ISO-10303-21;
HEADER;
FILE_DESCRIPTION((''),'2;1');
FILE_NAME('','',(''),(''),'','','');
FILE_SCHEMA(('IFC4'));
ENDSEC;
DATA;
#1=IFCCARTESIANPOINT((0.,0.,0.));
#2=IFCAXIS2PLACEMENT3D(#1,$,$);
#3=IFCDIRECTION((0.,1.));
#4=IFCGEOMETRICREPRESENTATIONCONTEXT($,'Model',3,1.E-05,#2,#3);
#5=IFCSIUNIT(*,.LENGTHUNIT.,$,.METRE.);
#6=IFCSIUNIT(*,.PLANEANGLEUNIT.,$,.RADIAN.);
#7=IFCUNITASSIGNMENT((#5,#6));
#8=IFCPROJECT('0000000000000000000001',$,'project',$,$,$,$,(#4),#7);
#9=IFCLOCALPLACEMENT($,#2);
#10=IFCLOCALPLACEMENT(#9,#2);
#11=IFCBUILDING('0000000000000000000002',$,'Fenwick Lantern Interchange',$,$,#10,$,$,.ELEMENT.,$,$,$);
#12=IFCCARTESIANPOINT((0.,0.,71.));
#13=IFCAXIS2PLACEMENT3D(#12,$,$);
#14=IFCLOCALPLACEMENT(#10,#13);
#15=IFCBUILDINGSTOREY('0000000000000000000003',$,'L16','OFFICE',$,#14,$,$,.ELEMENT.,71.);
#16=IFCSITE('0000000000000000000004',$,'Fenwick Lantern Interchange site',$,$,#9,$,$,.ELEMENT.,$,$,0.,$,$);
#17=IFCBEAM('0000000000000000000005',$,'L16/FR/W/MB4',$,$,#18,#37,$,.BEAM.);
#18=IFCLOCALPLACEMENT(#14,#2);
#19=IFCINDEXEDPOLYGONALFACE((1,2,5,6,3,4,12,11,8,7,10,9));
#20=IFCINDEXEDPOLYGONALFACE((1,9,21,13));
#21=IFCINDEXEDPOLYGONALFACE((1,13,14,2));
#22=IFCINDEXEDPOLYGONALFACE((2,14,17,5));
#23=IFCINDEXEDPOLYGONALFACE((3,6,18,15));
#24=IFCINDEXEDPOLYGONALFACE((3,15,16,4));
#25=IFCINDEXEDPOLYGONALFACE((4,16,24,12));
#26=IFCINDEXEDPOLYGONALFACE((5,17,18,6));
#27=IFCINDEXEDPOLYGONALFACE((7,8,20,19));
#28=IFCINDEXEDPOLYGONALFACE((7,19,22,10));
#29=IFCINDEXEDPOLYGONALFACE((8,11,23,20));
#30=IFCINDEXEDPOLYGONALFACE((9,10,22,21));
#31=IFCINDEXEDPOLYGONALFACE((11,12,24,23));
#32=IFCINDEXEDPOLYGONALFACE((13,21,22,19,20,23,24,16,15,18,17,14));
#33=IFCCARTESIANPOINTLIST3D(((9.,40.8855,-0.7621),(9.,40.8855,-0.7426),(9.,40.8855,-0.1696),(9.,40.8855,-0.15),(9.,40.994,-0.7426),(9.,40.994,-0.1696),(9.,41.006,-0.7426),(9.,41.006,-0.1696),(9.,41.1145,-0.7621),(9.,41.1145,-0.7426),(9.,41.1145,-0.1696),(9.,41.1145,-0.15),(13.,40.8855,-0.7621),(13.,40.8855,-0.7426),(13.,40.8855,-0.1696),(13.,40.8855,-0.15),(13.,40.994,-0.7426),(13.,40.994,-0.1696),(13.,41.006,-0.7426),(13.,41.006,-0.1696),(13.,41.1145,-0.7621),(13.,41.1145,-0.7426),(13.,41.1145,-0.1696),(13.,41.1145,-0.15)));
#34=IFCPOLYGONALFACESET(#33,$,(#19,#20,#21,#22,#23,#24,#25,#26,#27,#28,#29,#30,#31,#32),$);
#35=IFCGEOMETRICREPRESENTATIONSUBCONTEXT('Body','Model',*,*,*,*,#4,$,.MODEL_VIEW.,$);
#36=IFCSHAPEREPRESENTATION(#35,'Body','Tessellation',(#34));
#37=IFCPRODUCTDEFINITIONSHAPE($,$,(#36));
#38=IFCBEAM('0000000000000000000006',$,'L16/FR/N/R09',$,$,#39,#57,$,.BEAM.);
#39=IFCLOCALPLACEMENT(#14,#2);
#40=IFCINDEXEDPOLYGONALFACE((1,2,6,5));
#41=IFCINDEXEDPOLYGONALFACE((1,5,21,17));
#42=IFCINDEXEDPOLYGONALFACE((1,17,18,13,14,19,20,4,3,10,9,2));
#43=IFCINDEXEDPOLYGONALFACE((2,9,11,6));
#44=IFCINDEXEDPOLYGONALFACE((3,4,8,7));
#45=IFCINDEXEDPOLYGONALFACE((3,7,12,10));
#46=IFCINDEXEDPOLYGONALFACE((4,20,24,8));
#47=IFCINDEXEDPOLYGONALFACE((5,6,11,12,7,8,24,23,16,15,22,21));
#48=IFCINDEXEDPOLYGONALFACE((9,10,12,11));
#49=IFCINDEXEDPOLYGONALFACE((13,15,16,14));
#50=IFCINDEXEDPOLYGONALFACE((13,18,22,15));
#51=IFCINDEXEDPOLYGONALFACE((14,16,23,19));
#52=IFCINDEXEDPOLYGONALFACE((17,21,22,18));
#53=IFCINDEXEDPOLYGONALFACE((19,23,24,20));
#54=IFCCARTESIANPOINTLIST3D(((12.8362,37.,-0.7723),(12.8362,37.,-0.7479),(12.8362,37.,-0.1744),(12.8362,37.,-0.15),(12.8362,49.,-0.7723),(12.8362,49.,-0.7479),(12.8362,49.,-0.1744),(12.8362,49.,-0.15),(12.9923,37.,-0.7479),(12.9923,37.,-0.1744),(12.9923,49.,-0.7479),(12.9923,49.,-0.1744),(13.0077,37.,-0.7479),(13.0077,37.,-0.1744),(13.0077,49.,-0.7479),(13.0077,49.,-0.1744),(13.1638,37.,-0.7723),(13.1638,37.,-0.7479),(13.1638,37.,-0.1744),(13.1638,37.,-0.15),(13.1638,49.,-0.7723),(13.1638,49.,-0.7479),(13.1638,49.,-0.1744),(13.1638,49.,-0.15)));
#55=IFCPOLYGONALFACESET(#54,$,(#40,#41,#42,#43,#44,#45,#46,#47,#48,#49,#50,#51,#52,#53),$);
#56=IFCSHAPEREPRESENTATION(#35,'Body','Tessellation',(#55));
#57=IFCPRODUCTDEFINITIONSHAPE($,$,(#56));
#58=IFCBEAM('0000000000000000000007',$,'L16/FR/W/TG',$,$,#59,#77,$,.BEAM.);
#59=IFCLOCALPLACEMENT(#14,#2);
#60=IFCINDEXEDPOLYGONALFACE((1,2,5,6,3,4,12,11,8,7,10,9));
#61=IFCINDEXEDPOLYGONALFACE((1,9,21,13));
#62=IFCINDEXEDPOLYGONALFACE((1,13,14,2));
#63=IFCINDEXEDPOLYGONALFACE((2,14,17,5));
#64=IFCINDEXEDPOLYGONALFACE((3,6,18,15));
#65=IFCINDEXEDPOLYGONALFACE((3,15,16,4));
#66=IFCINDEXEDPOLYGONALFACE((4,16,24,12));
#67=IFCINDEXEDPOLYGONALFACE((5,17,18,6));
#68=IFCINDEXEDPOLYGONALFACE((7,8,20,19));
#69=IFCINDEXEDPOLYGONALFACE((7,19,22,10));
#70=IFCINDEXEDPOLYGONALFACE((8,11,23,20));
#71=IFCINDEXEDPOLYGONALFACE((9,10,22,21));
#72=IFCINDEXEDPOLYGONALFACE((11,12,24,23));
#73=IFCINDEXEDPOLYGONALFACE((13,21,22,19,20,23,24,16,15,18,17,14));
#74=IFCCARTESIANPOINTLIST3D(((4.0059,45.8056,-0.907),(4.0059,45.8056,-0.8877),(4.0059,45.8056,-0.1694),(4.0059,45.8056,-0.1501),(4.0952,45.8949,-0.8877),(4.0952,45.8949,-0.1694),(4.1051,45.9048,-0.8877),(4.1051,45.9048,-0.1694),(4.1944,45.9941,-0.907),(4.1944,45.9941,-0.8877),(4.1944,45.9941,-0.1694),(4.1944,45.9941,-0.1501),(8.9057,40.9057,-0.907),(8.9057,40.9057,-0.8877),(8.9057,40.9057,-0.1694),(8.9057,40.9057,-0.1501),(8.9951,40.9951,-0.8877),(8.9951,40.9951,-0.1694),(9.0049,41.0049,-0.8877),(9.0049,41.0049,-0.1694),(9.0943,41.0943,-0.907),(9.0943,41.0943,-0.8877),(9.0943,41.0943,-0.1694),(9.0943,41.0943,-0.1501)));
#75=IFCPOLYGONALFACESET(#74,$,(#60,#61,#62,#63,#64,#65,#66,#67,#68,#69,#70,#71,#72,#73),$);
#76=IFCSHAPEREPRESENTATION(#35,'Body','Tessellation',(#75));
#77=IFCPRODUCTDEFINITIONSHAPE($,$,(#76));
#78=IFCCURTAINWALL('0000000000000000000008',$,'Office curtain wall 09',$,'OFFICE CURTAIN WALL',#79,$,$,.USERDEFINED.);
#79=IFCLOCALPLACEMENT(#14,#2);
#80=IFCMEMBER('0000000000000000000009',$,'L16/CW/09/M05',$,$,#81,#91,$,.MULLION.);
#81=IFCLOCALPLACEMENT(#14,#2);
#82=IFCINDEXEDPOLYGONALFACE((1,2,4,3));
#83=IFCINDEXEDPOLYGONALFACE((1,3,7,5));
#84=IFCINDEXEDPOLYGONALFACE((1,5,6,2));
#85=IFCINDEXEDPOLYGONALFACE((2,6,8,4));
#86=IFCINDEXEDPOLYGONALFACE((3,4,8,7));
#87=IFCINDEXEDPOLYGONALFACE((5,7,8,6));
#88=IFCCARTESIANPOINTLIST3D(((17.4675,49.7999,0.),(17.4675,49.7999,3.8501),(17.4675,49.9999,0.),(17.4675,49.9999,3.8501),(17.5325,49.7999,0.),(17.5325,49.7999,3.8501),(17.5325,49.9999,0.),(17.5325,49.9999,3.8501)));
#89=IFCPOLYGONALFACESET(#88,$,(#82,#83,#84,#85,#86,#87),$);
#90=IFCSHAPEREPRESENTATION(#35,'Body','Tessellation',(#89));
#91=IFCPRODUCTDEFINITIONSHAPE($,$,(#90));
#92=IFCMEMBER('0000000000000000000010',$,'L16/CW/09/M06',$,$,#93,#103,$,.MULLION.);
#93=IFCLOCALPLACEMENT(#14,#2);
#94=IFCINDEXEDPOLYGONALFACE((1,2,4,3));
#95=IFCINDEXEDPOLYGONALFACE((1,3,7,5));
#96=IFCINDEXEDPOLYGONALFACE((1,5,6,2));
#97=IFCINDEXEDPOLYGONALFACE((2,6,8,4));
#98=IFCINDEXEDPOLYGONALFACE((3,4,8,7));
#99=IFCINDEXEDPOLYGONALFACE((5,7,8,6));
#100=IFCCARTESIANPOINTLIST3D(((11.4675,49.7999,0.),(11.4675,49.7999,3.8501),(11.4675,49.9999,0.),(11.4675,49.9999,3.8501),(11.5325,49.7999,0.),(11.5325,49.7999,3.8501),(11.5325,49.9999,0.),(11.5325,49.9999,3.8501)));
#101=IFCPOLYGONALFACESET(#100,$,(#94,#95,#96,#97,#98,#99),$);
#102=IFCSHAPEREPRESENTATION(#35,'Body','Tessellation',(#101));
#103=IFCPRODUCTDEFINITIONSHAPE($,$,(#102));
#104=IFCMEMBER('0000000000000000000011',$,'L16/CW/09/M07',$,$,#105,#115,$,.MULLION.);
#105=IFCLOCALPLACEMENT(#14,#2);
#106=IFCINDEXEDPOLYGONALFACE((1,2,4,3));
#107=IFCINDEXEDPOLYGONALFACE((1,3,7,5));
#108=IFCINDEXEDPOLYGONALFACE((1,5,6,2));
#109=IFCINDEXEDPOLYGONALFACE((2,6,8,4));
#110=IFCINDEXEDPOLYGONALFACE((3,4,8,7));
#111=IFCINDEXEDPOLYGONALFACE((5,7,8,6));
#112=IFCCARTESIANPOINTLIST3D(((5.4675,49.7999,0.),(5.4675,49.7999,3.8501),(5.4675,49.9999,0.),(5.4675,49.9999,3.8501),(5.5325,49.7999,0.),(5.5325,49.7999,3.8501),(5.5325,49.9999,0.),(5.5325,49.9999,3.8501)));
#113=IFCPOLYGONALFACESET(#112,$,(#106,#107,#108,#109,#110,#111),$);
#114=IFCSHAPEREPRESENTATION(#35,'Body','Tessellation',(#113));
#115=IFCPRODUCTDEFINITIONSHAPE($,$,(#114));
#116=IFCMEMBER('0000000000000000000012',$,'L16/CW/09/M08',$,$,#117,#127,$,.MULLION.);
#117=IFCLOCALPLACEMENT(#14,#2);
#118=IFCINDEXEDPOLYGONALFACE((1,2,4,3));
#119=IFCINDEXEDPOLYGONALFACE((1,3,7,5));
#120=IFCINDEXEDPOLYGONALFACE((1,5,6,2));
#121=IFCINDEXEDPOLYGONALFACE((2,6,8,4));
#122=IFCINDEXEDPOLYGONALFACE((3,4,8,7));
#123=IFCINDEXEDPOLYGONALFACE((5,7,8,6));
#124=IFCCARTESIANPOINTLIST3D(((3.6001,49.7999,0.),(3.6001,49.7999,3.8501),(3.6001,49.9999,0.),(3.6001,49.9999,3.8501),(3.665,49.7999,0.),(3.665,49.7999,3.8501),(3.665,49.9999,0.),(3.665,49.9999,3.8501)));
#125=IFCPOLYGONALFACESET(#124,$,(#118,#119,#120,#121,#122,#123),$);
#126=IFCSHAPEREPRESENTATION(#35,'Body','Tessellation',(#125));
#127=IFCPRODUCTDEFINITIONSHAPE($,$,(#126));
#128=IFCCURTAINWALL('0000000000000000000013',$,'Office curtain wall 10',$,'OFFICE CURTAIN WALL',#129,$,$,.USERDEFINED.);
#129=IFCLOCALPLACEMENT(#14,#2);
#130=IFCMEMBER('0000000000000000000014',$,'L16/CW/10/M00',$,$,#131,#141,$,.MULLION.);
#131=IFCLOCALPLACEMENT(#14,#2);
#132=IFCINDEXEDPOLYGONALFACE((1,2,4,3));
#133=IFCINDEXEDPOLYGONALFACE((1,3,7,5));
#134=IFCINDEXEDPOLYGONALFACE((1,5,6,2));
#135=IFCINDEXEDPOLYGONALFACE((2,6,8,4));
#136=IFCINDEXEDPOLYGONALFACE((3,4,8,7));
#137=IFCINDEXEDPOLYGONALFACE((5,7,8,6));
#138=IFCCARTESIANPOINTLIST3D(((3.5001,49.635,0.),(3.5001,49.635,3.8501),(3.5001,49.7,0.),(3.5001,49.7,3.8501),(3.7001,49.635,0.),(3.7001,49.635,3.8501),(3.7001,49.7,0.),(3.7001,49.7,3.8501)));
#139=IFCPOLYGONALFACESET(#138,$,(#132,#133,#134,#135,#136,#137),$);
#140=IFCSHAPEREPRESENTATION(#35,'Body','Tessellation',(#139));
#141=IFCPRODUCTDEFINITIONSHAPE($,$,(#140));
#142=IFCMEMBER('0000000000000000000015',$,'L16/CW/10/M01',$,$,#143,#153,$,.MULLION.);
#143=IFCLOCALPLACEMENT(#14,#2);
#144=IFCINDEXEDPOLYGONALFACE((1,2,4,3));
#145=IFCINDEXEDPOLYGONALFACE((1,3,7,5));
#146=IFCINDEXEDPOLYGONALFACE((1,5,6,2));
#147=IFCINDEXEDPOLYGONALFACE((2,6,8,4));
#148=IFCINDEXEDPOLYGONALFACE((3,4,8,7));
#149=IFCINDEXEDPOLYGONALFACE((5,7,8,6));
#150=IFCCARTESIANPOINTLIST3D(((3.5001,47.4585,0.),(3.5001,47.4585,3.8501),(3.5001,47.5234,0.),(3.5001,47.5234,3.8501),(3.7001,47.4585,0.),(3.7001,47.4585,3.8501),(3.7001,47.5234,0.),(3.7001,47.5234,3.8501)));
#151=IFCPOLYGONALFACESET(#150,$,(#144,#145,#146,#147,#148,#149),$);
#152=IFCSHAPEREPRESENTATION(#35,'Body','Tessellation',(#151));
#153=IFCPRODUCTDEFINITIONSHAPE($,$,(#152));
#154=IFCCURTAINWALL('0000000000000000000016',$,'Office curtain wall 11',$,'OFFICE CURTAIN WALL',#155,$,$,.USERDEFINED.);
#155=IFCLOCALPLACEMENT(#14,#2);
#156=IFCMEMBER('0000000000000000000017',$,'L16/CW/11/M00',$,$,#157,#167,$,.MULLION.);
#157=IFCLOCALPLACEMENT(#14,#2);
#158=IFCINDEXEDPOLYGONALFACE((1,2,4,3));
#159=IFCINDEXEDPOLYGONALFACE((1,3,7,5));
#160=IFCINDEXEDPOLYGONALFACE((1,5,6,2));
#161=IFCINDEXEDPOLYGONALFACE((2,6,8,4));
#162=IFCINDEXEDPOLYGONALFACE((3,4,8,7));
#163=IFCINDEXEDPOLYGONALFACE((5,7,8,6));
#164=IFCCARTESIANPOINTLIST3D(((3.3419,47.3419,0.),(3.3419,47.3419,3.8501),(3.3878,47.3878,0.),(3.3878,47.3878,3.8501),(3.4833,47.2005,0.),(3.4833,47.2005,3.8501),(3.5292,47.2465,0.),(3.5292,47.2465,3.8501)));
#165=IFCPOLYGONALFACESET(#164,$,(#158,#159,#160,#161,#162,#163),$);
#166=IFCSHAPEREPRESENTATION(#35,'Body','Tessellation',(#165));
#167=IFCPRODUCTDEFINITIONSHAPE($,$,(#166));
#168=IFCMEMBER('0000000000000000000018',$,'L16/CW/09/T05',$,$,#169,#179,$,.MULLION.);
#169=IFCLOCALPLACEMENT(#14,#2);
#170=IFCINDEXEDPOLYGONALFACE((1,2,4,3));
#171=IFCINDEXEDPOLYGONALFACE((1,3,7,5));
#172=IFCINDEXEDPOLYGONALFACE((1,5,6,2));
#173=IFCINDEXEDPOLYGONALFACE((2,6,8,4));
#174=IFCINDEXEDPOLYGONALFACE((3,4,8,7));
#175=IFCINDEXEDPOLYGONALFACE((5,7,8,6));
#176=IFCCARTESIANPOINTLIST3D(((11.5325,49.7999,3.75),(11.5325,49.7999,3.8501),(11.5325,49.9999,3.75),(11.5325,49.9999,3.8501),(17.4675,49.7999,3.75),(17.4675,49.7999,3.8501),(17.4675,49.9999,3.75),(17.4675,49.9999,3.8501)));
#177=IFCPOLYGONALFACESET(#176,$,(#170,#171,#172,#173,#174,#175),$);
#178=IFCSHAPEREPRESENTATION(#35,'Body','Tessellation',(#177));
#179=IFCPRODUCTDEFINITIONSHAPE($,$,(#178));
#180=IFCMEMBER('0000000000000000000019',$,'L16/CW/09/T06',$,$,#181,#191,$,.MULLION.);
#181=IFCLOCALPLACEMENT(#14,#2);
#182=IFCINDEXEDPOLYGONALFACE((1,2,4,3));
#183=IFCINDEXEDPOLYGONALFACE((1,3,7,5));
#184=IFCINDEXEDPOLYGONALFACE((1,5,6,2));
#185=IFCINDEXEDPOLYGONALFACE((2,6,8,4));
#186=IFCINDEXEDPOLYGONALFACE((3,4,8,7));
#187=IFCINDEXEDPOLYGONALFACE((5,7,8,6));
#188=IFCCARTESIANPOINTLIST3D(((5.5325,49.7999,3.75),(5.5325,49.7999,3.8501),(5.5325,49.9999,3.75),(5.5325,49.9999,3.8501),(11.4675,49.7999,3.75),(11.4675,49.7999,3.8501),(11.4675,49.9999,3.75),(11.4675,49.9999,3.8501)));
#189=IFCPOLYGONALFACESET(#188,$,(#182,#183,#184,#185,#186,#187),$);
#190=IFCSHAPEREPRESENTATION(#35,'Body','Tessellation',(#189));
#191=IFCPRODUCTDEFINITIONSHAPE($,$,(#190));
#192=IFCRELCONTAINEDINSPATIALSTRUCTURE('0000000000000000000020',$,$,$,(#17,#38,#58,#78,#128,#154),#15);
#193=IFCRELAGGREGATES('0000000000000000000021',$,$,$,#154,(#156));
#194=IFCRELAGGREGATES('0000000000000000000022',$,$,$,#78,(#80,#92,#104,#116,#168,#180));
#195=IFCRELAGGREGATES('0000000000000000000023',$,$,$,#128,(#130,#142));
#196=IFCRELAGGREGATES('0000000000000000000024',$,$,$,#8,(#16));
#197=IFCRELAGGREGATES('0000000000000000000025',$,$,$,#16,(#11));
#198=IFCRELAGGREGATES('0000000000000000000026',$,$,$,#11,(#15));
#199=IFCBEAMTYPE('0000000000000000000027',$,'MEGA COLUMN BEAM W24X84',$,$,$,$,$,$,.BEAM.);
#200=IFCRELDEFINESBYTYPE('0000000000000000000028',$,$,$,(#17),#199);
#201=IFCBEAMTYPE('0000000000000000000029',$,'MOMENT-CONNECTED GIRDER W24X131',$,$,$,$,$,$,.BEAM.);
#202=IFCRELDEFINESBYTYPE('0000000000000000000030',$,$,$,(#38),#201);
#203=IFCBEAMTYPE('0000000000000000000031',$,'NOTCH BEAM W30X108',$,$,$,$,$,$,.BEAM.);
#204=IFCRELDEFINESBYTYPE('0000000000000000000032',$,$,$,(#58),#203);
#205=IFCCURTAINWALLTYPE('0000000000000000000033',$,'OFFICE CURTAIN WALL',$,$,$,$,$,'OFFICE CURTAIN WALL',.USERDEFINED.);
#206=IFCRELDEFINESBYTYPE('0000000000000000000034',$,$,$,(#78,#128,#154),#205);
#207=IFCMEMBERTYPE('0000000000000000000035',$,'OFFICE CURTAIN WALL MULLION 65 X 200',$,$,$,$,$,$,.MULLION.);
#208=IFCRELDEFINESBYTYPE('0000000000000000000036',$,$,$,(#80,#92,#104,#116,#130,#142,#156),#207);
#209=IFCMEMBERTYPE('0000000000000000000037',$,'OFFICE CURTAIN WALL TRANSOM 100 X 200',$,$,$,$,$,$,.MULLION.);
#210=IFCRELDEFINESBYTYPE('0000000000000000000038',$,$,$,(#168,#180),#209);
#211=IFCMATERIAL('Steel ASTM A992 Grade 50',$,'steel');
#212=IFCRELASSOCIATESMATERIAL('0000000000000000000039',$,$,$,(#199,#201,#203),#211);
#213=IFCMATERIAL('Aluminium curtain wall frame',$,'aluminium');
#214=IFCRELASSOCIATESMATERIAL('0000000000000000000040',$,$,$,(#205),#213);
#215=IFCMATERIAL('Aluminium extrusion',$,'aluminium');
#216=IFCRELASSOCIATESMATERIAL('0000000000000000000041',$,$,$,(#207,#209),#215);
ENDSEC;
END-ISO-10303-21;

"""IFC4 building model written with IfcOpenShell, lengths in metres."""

from ifc_helpers import new_model, si_unit, direction, frame, origin, origin_2d, place, context, subcontext, project, spatial, rectangle, i_section, extrude, material, material_profile, profile_set, type_object, element, aggregate, save


model = new_model("IFC4")

# Units and contexts
model_context = context("Model", 3, precision=1e-05, world=origin(), true_north=direction((0.0, 1.0)))
body_context = subcontext(model_context, "Body", "Model", "MODEL_VIEW")
ifc_project = project(units=[si_unit("LENGTHUNIT", "METRE"), si_unit("PLANEANGLEUNIT", "RADIAN")], contexts=[model_context])

# Site, building, storey
site_placement = place(None, origin())
site = spatial("IfcSite", under=ifc_project, at=site_placement, Name="Fenwick Lantern Interchange site", CompositionType="ELEMENT", RefElevation=0.0)
building_placement = place(site_placement, origin())
building = spatial("IfcBuilding", under=site, at=building_placement, Name="Fenwick Lantern Interchange", CompositionType="ELEMENT")
storey_placement = place(building_placement, frame((0.0, 0.0, 71.0)))
storey = spatial("IfcBuildingStorey", under=building, at=storey_placement, Name="L16", Description="OFFICE", CompositionType="ELEMENT", Elevation=71.0)

# Beams
ifc_material_1 = material(Name="Steel ASTM A992 Grade 50", Category="steel")
ifc_material_profile_1 = material_profile(ifc_material_1, i_section(OverallWidth=0.229, OverallDepth=0.6121, WebThickness=0.012, FlangeThickness=0.0195, at=origin_2d()), Name="W24X84")
ifc_profile_set_1 = profile_set([ifc_material_profile_1], Name="Steel ASTM A992 Grade 50")
beam_type_1 = type_object("IfcBeamType", Name="MEGA COLUMN BEAM W24X84", PredefinedType="BEAM", material=ifc_profile_set_1)
for number, where, z_axis, x_axis, name in (
    (1, (9.0, 41.0, -0.4561), (1.0, 0.0, 0.0), (0.0, 1.0, 0.0), "L16/FR/W/MB4"),
):
    element("IfcBeam", number, at=place(storey_placement, frame(where, z_axis=z_axis, x_axis=x_axis)), inside=storey, type_object=beam_type_1, Name=name, PredefinedType="BEAM", context=body_context, shape_type="SweptSolid", body=[
        extrude(i_section(OverallWidth=0.229, OverallDepth=0.6121, WebThickness=0.012, FlangeThickness=0.0195, at=origin_2d()), origin(), (0.0, 0.0, 1.0), 4.0),
    ])
ifc_material_profile_2 = material_profile(ifc_material_1, i_section(OverallWidth=0.3276, OverallDepth=0.6223, WebThickness=0.0154, FlangeThickness=0.0244, at=origin_2d()), Name="W24X131")
ifc_profile_set_2 = profile_set([ifc_material_profile_2], Name="Steel ASTM A992 Grade 50")
beam_type_2 = type_object("IfcBeamType", Name="MOMENT-CONNECTED GIRDER W24X131", PredefinedType="BEAM", material=ifc_profile_set_2)
beam_1_placement = place(storey_placement, frame((13.0, 49.0, -0.4612), z_axis=(0.0, -1.0, 0.0), x_axis=(1.0, 0.0, 0.0)))
element("IfcBeam", 2, at=beam_1_placement, inside=storey, type_object=beam_type_2, Name="L16/FR/N/R09", PredefinedType="BEAM", context=body_context, shape_type="SweptSolid", body=[
    extrude(i_section(OverallWidth=0.3276, OverallDepth=0.6223, WebThickness=0.0154, FlangeThickness=0.0244, at=origin_2d()), origin(), (0.0, 0.0, 1.0), 12.0),
])
ifc_material_profile_3 = material_profile(ifc_material_1, i_section(OverallWidth=0.2666, OverallDepth=0.7568, WebThickness=0.0139, FlangeThickness=0.0193, at=origin_2d()), Name="W30X108")
ifc_profile_set_3 = profile_set([ifc_material_profile_3], Name="Steel ASTM A992 Grade 50")
beam_type_3 = type_object("IfcBeamType", Name="NOTCH BEAM W30X108", PredefinedType="BEAM", material=ifc_profile_set_3)
beam_2_placement = place(storey_placement, frame((9.0, 41.0, -0.5286), z_axis=(-0.707107, 0.707107, 0.0), x_axis=(-0.707107, -0.707107, 0.0)))
element("IfcBeam", 3, at=beam_2_placement, inside=storey, type_object=beam_type_3, Name="L16/FR/W/TG", PredefinedType="BEAM", context=body_context, shape_type="SweptSolid", body=[
    extrude(i_section(OverallWidth=0.2666, OverallDepth=0.7568, WebThickness=0.0139, FlangeThickness=0.0193, at=origin_2d()), origin(), (0.0, 0.0, 1.0), 6.9294),
])

# Curtain walls, members
ifc_material_2 = material(Name="Aluminium curtain wall frame", Category="aluminium")
curtain_wall_type = type_object("IfcCurtainWallType", Name="OFFICE CURTAIN WALL", ElementType="OFFICE CURTAIN WALL", PredefinedType="USERDEFINED", material=ifc_material_2)
curtain_wall_1_placement = place(storey_placement, origin())
curtain_wall_1 = element("IfcCurtainWall", 4, at=curtain_wall_1_placement, inside=storey, type_object=curtain_wall_type, Name="Office curtain wall 09", ObjectType="OFFICE CURTAIN WALL", PredefinedType="USERDEFINED")
ifc_material_3 = material(Name="Aluminium extrusion", Category="aluminium")
ifc_material_profile_4 = material_profile(ifc_material_3, rectangle(XDim=0.2, YDim=0.0649, at=origin_2d()), Name="OFFICE CURTAIN WALL MULLION 65 X 200")
ifc_profile_set_4 = profile_set([ifc_material_profile_4], Name="Aluminium extrusion")
member_type_1 = type_object("IfcMemberType", Name="OFFICE CURTAIN WALL MULLION 65 X 200", PredefinedType="MULLION", material=ifc_profile_set_4)
member_1_placement = place(storey_placement, frame((17.5, 49.8999, 0.0), z_axis=(0.0, 0.0, 1.0), x_axis=(0.0, -1.0, 0.0)))
member_1 = element("IfcMember", 5, at=member_1_placement, type_object=member_type_1, Name="L16/CW/09/M05", PredefinedType="MULLION", context=body_context, shape_type="SweptSolid", body=[
    extrude(rectangle(XDim=0.2, YDim=0.0649, at=origin_2d()), origin(), (0.0, 0.0, 1.0), 3.8501),
])
member_2_placement = place(storey_placement, frame((11.5, 49.8999, 0.0), z_axis=(0.0, 0.0, 1.0), x_axis=(0.0, -1.0, 0.0)))
member_2 = element("IfcMember", 6, at=member_2_placement, type_object=member_type_1, Name="L16/CW/09/M06", PredefinedType="MULLION", context=body_context, shape_type="SweptSolid", body=[
    extrude(rectangle(XDim=0.2, YDim=0.0649, at=origin_2d()), origin(), (0.0, 0.0, 1.0), 3.8501),
])
member_3_placement = place(storey_placement, frame((5.5, 49.8999, 0.0), z_axis=(0.0, 0.0, 1.0), x_axis=(0.0, -1.0, 0.0)))
member_3 = element("IfcMember", 7, at=member_3_placement, type_object=member_type_1, Name="L16/CW/09/M07", PredefinedType="MULLION", context=body_context, shape_type="SweptSolid", body=[
    extrude(rectangle(XDim=0.2, YDim=0.0649, at=origin_2d()), origin(), (0.0, 0.0, 1.0), 3.8501),
])
member_4_placement = place(storey_placement, frame((3.6326, 49.8999, 0.0), z_axis=(0.0, 0.0, 1.0), x_axis=(0.0, -1.0, 0.0)))
member_4 = element("IfcMember", 8, at=member_4_placement, type_object=member_type_1, Name="L16/CW/09/M08", PredefinedType="MULLION", context=body_context, shape_type="SweptSolid", body=[
    extrude(rectangle(XDim=0.2, YDim=0.0649, at=origin_2d()), origin(), (0.0, 0.0, 1.0), 3.8501),
])
curtain_wall_2_placement = place(storey_placement, origin())
curtain_wall_2 = element("IfcCurtainWall", 9, at=curtain_wall_2_placement, inside=storey, type_object=curtain_wall_type, Name="Office curtain wall 10", ObjectType="OFFICE CURTAIN WALL", PredefinedType="USERDEFINED")
member_5_placement = place(storey_placement, frame((3.6001, 49.6675, 0.0), z_axis=(0.0, 0.0, 1.0), x_axis=(1.0, 0.0, 0.0)))
member_5 = element("IfcMember", 10, at=member_5_placement, type_object=member_type_1, Name="L16/CW/10/M00", PredefinedType="MULLION", context=body_context, shape_type="SweptSolid", body=[
    extrude(rectangle(XDim=0.2, YDim=0.0649, at=origin_2d()), origin(), (0.0, 0.0, 1.0), 3.8501),
])
member_6_placement = place(storey_placement, frame((3.6001, 47.491, 0.0), z_axis=(0.0, 0.0, 1.0), x_axis=(1.0, 0.0, 0.0)))
member_6 = element("IfcMember", 11, at=member_6_placement, type_object=member_type_1, Name="L16/CW/10/M01", PredefinedType="MULLION", context=body_context, shape_type="SweptSolid", body=[
    extrude(rectangle(XDim=0.2, YDim=0.0649, at=origin_2d()), origin(), (0.0, 0.0, 1.0), 3.8501),
])

# Curtain wall, member
curtain_wall_3_placement = place(storey_placement, origin())
curtain_wall_3 = element("IfcCurtainWall", 12, at=curtain_wall_3_placement, inside=storey, type_object=curtain_wall_type, Name="Office curtain wall 11", ObjectType="OFFICE CURTAIN WALL", PredefinedType="USERDEFINED")
member_7_placement = place(storey_placement, frame((3.4355, 47.2942, 0.0), z_axis=(0.0, 0.0, 1.0), x_axis=(0.707107, -0.707107, 0.0)))
member_7 = element("IfcMember", 13, at=member_7_placement, type_object=member_type_1, Name="L16/CW/11/M00", PredefinedType="MULLION", context=body_context, shape_type="SweptSolid", body=[
    extrude(rectangle(XDim=0.2, YDim=0.0649, at=origin_2d()), origin(), (0.0, 0.0, 1.0), 3.8501),
])
aggregate(curtain_wall_3, [member_7])

# Members
ifc_material_profile_5 = material_profile(ifc_material_3, rectangle(XDim=0.2, YDim=0.1001, at=origin_2d()), Name="OFFICE CURTAIN WALL TRANSOM 100 X 200")
ifc_profile_set_5 = profile_set([ifc_material_profile_5], Name="Aluminium extrusion")
member_type_2 = type_object("IfcMemberType", Name="OFFICE CURTAIN WALL TRANSOM 100 X 200", PredefinedType="MULLION", material=ifc_profile_set_5)
member_8_placement = place(storey_placement, frame((17.4675, 49.8999, 3.8), z_axis=(-1.0, 0.0, 0.0), x_axis=(0.0, -1.0, 0.0)))
member_8 = element("IfcMember", 14, at=member_8_placement, type_object=member_type_2, Name="L16/CW/09/T05", PredefinedType="MULLION", context=body_context, shape_type="SweptSolid", body=[
    extrude(rectangle(XDim=0.2, YDim=0.1001, at=origin_2d()), origin(), (0.0, 0.0, 1.0), 5.9351),
])
member_9_placement = place(storey_placement, frame((11.4675, 49.8999, 3.8), z_axis=(-1.0, 0.0, 0.0), x_axis=(0.0, -1.0, 0.0)))
member_9 = element("IfcMember", 15, at=member_9_placement, type_object=member_type_2, Name="L16/CW/09/T06", PredefinedType="MULLION", context=body_context, shape_type="SweptSolid", body=[
    extrude(rectangle(XDim=0.2, YDim=0.1001, at=origin_2d()), origin(), (0.0, 0.0, 1.0), 5.9351),
])

aggregate(curtain_wall_1, [member_1, member_2, member_3, member_4, member_8, member_9])
aggregate(curtain_wall_2, [member_5, member_6])

save(model, "model.ifc")
